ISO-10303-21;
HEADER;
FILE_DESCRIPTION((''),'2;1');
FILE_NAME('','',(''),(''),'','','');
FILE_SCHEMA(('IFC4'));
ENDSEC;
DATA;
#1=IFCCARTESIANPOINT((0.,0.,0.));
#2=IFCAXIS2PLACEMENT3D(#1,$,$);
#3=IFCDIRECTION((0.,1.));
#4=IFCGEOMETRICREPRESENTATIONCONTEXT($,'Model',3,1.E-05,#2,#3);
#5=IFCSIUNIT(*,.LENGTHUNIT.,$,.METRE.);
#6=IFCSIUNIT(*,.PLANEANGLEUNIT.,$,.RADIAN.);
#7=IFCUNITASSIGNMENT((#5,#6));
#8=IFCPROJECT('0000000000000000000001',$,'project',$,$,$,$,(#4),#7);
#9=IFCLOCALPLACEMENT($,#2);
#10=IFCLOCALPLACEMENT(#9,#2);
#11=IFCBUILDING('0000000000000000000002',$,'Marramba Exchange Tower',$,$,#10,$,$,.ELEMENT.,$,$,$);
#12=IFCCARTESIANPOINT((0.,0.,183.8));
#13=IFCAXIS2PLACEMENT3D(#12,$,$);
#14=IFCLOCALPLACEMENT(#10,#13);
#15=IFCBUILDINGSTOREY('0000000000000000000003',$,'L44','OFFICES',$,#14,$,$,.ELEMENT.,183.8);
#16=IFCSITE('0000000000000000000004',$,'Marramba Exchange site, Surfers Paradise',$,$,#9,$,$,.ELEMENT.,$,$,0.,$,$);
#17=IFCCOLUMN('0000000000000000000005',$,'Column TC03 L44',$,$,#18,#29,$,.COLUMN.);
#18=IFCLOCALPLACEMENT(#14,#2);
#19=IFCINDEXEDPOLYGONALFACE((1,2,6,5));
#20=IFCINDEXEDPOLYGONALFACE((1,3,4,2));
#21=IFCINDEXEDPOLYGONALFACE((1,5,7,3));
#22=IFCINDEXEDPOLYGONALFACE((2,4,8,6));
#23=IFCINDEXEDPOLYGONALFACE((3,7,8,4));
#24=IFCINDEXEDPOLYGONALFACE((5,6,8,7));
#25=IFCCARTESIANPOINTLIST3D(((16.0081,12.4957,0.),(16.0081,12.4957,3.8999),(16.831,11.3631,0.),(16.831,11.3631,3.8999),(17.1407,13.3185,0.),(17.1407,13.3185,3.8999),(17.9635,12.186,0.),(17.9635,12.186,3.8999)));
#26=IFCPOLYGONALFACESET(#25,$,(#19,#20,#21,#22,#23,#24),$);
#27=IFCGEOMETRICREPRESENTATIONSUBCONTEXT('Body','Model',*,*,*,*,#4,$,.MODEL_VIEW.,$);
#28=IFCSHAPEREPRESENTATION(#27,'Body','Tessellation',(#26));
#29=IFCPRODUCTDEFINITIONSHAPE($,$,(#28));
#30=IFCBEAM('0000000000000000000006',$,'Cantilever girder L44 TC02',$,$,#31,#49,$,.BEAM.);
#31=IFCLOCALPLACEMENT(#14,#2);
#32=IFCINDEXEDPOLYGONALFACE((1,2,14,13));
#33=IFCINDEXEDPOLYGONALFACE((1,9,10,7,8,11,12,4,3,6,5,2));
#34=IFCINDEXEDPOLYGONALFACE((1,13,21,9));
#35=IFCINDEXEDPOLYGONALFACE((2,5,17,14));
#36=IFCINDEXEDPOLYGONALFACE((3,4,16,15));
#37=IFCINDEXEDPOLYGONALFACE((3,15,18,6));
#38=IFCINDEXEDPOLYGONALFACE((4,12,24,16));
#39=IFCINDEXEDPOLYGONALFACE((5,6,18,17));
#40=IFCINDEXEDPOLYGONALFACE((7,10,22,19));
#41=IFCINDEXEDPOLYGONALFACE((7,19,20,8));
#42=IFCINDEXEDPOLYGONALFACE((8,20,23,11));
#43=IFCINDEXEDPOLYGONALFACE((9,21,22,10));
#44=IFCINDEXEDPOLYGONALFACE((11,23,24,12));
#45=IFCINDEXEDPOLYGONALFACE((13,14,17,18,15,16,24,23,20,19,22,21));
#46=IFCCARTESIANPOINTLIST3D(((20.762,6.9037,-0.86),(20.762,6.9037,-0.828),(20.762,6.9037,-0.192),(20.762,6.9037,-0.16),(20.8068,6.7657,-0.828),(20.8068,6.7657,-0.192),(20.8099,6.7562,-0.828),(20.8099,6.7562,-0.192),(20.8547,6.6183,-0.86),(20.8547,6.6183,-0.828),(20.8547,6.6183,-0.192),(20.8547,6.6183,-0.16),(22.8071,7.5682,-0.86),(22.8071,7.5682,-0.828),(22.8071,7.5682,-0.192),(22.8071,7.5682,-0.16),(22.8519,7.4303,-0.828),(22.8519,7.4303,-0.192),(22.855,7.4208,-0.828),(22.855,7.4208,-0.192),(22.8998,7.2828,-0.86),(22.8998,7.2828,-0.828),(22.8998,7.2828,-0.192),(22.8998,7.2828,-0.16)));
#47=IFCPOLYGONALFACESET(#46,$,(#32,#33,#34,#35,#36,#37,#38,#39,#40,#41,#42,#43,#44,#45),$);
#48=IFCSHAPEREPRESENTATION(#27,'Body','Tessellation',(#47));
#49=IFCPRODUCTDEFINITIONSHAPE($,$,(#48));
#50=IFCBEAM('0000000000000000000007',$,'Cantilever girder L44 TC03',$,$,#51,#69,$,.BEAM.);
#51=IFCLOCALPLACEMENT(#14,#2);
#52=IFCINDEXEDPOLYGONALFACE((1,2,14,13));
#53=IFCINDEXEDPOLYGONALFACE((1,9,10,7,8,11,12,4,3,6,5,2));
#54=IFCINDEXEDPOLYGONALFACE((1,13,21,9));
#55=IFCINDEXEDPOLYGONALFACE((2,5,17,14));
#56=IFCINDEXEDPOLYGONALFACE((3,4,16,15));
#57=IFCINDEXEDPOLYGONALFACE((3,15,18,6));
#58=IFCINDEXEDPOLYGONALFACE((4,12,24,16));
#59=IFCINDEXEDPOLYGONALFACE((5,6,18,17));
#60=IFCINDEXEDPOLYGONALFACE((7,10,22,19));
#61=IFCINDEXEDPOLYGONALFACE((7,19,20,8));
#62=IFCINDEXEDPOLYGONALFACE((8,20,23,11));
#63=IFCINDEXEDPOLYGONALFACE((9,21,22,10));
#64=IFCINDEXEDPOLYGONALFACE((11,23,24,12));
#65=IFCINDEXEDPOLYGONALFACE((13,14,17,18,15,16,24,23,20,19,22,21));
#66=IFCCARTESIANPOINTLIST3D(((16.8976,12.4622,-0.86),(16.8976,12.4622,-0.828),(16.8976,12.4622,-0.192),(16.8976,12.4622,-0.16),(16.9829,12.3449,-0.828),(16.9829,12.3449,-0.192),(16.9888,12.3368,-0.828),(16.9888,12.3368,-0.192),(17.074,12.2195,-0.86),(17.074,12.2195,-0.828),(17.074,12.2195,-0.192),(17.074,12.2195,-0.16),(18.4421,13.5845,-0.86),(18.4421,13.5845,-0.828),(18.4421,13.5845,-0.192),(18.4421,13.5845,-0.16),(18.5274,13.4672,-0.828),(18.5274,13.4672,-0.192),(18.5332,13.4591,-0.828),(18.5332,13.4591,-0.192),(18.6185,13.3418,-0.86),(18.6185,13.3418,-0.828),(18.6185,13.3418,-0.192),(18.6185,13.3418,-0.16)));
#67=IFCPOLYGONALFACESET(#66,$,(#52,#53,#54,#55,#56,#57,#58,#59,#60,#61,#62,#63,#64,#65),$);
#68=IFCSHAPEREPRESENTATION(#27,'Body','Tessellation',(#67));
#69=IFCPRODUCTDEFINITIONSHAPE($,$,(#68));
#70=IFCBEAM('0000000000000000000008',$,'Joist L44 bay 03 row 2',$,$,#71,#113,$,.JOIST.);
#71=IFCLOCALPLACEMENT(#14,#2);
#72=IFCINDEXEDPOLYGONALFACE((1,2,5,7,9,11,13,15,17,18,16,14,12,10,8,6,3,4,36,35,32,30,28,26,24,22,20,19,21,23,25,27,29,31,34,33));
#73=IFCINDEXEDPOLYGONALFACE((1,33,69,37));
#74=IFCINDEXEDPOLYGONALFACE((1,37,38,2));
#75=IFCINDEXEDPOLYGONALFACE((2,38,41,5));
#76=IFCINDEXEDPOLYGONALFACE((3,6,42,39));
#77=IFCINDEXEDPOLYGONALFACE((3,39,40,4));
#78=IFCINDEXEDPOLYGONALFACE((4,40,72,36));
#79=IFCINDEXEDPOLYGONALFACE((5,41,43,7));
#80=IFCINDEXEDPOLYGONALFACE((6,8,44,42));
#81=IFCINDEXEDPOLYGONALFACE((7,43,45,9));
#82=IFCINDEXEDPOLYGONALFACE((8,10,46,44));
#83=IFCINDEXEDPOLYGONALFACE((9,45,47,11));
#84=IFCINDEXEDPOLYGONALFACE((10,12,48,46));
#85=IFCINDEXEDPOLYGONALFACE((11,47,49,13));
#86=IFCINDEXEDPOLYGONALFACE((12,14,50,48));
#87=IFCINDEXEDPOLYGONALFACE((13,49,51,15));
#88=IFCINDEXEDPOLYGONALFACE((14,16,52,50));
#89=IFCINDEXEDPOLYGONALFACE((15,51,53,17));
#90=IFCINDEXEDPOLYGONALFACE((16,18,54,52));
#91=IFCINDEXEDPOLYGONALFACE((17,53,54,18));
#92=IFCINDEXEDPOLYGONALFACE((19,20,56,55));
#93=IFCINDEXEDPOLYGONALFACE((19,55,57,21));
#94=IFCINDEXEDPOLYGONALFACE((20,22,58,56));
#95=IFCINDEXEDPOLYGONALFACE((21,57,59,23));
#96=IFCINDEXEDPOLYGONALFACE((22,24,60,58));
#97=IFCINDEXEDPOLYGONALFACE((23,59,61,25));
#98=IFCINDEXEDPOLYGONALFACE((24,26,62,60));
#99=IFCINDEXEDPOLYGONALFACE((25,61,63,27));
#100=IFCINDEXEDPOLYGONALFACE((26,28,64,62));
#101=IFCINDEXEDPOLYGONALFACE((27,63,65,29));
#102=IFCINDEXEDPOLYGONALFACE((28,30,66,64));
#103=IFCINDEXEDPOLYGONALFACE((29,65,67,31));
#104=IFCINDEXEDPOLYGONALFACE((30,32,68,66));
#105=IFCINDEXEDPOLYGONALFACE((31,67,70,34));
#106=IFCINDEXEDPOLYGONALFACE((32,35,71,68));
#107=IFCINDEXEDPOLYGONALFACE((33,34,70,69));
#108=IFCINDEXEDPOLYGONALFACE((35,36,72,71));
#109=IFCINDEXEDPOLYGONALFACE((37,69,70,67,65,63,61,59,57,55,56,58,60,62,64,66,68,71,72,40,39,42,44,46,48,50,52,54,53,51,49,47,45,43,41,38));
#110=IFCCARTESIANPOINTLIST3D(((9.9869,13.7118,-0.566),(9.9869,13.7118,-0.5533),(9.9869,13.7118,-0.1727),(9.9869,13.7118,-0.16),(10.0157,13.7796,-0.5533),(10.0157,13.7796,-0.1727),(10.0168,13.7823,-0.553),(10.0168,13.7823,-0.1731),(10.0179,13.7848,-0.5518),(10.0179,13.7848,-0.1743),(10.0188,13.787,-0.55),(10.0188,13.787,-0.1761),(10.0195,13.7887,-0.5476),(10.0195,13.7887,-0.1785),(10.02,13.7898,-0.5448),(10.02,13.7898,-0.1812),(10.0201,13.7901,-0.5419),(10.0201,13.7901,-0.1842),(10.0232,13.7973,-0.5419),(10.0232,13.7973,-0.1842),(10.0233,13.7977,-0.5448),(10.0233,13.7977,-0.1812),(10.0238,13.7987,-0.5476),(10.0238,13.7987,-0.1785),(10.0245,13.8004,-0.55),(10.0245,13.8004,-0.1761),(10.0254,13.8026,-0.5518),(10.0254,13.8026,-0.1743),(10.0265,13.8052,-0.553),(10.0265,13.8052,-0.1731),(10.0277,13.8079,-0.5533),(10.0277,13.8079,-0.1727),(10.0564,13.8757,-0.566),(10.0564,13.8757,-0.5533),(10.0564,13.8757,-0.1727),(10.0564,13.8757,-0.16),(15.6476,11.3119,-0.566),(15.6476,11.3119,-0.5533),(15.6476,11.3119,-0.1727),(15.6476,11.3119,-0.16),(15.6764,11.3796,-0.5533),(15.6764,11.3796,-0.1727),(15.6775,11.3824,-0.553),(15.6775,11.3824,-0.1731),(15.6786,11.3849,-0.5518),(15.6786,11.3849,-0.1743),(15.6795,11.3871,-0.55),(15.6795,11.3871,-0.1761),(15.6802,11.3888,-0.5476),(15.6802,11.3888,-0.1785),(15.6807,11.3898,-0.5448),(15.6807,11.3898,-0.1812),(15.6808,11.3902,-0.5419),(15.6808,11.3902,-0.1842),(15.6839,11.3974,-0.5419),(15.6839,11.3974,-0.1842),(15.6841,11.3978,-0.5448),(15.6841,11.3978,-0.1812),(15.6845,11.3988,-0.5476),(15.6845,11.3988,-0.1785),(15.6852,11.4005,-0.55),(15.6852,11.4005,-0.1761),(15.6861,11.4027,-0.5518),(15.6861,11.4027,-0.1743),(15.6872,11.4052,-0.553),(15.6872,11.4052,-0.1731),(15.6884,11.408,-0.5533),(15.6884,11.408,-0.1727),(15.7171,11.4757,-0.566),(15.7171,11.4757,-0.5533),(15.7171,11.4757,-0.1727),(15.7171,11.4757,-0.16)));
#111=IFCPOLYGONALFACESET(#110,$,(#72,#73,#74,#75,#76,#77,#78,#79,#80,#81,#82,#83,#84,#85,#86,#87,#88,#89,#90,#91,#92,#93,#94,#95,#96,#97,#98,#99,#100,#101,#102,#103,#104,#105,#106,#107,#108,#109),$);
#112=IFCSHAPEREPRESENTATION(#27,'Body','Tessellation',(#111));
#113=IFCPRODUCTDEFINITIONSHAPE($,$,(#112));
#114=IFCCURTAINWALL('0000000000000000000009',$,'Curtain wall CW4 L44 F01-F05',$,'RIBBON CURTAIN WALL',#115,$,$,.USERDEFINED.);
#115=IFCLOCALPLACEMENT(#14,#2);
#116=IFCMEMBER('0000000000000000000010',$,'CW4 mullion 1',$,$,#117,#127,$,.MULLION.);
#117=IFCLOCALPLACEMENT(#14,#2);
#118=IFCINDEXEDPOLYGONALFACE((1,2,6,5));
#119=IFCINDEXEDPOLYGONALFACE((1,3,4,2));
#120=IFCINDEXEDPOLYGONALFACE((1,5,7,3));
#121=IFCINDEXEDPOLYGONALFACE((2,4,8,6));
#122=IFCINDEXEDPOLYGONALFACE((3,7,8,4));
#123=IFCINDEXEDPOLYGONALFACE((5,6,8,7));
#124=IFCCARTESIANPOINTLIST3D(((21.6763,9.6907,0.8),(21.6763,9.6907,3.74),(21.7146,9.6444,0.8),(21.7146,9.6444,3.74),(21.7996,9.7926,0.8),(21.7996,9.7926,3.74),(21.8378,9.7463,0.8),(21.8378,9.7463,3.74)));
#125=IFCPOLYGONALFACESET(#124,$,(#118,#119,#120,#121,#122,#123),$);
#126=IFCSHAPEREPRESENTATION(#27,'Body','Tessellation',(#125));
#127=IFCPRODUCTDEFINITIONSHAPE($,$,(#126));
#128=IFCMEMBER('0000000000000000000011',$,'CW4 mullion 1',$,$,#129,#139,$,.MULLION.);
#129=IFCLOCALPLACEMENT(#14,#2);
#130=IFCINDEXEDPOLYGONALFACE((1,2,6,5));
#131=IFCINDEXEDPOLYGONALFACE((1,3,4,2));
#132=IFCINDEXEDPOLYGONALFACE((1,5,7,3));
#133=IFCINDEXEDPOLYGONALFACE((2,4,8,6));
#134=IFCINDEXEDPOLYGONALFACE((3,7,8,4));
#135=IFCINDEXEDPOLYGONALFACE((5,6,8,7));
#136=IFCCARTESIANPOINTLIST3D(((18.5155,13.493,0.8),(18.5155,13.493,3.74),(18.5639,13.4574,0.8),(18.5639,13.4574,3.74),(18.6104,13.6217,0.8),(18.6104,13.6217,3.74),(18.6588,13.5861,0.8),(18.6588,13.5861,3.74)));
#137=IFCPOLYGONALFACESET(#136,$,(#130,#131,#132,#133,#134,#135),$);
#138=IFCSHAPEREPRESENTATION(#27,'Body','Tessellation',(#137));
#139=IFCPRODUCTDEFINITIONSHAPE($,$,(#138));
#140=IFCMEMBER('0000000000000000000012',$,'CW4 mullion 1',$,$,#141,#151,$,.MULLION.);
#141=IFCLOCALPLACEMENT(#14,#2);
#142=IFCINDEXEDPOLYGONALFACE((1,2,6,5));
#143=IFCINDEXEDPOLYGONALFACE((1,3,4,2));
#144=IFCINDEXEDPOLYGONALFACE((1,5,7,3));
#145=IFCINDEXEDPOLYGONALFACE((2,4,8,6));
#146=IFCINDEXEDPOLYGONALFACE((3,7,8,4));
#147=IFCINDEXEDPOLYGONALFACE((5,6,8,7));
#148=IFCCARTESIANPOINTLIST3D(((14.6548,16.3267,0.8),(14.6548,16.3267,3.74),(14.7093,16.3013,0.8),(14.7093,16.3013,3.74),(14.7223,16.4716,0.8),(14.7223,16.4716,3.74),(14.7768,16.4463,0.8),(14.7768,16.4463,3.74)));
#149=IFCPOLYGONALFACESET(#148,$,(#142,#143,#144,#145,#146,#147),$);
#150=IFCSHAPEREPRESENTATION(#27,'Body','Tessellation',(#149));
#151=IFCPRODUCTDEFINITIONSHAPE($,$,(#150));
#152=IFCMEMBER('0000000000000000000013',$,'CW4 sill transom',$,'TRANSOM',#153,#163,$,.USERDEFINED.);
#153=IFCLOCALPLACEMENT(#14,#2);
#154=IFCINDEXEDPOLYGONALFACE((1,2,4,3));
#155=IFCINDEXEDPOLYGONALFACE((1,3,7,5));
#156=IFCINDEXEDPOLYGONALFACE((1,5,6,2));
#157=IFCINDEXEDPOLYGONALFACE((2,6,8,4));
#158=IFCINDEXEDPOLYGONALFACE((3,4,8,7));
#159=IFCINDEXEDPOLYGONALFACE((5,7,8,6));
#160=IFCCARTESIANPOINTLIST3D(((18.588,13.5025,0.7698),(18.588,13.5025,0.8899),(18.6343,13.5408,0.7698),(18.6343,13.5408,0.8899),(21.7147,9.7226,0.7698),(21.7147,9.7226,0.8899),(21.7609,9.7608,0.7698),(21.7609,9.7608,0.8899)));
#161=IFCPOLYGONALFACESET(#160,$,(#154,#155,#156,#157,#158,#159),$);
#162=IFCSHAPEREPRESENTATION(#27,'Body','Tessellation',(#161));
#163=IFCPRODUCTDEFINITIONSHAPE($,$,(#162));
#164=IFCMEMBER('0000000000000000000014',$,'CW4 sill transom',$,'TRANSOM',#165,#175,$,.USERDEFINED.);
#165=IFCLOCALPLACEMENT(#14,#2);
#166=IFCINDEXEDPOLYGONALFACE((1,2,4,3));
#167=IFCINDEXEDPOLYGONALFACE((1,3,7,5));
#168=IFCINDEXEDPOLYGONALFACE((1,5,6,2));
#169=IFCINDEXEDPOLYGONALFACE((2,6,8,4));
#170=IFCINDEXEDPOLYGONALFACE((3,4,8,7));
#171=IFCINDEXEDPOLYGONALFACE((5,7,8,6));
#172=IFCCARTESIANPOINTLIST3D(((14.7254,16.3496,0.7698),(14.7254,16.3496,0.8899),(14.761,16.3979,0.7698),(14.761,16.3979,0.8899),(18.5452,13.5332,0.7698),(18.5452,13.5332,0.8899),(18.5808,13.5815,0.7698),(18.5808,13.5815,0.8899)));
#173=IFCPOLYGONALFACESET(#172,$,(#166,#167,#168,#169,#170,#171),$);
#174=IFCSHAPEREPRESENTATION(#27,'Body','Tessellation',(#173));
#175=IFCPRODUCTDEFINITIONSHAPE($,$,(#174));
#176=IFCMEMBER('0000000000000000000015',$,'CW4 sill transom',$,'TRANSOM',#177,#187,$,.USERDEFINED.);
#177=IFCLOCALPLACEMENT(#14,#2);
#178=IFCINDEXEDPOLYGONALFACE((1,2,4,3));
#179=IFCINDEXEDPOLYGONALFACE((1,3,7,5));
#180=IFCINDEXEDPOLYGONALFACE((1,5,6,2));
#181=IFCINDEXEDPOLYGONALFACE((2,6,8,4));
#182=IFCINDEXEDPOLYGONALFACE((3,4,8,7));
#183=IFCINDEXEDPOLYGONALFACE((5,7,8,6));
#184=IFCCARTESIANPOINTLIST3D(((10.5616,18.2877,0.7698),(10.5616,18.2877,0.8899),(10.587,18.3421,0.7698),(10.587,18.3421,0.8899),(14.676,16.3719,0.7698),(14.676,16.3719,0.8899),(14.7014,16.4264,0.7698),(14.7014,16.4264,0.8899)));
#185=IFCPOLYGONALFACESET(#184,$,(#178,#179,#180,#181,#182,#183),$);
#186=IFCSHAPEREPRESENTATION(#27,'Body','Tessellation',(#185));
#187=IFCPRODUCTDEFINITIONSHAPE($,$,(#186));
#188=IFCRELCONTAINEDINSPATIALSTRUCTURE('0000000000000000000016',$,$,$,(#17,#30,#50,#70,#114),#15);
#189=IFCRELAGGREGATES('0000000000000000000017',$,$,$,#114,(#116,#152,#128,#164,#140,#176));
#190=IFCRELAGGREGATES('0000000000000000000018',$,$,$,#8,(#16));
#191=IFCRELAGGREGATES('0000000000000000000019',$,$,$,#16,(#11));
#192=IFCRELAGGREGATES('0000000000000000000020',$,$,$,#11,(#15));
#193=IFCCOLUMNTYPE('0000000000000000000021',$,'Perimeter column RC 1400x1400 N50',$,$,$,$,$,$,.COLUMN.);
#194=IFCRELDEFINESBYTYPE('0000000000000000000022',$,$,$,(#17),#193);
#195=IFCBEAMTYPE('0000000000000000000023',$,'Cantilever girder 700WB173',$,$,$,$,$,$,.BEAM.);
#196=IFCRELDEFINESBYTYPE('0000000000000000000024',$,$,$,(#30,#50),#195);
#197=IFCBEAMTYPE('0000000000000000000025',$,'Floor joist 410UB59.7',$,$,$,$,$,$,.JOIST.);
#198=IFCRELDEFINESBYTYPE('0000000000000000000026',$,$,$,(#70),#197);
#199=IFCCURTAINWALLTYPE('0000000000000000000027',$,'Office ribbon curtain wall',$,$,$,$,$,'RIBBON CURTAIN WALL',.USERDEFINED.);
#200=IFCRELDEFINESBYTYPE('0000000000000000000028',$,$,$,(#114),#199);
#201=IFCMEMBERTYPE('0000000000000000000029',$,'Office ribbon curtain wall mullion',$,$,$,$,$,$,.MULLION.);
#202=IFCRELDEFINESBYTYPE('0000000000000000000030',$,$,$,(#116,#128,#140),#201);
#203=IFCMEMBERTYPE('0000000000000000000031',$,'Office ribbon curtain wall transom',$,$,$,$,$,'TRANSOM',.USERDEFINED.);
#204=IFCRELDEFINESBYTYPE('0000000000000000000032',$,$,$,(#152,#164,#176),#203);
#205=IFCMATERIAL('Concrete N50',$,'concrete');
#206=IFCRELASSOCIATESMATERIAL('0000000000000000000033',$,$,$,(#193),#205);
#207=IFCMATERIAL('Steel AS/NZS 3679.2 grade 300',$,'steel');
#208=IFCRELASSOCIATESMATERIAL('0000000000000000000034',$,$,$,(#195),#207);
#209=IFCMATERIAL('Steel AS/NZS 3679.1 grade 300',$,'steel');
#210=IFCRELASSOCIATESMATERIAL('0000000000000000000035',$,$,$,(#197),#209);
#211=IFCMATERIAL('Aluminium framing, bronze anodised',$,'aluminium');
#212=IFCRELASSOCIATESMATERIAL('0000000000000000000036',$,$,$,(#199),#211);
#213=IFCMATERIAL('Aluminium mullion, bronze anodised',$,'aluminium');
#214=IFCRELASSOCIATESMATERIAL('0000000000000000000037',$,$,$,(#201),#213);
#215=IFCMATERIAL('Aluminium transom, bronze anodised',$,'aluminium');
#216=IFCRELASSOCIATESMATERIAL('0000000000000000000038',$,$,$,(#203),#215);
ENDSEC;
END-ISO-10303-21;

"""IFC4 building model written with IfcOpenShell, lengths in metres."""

from ifc_helpers import new_model, si_unit, direction, frame, origin, origin_2d, place, context, subcontext, project, spatial, rectangle, i_section, extrude, material, material_profile, profile_set, type_object, element, aggregate, save


model = new_model("IFC4")

# Units and contexts
model_context = context("Model", 3, precision=1e-05, world=origin(), true_north=direction((0.0, 1.0)))
body_context = subcontext(model_context, "Body", "Model", "MODEL_VIEW")
ifc_project = project(units=[si_unit("LENGTHUNIT", "METRE"), si_unit("PLANEANGLEUNIT", "RADIAN")], contexts=[model_context])

# Site, building, storey
site_placement = place(None, origin())
site = spatial("IfcSite", under=ifc_project, at=site_placement, Name="Marramba Exchange site, Surfers Paradise", CompositionType="ELEMENT", RefElevation=0.0)
building_placement = place(site_placement, origin())
building = spatial("IfcBuilding", under=site, at=building_placement, Name="Marramba Exchange Tower", CompositionType="ELEMENT")
storey_placement = place(building_placement, frame((0.0, 0.0, 183.8)))
storey = spatial("IfcBuildingStorey", under=building, at=storey_placement, Name="L44", Description="OFFICES", CompositionType="ELEMENT", Elevation=183.8)

# Column
ifc_material_1 = material(Name="Concrete N50", Category="concrete")
ifc_material_profile_1 = material_profile(ifc_material_1, rectangle(XDim=1.3999, YDim=1.3999, at=origin_2d()), Name="RC 1400x1400")
ifc_profile_set_1 = profile_set([ifc_material_profile_1], Name="Concrete N50")
column_type = type_object("IfcColumnType", Name="Perimeter column RC 1400x1400 N50", PredefinedType="COLUMN", material=ifc_profile_set_1)
column_placement = place(storey_placement, frame((16.9858, 12.3408, 0.0), z_axis=(0.0, 0.0, 1.0), x_axis=(0.809017, 0.587785, 0.0)))
element("IfcColumn", 1, at=column_placement, inside=storey, type_object=column_type, Name="Column TC03 L44", PredefinedType="COLUMN", context=body_context, shape_type="SweptSolid", body=[
    extrude(rectangle(XDim=1.3999, YDim=1.3999, at=origin_2d()), origin(), (0.0, 0.0, 1.0), 3.8999),
])

# Beams
ifc_material_2 = material(Name="Steel AS/NZS 3679.2 grade 300", Category="steel")
ifc_material_profile_2 = material_profile(ifc_material_2, i_section(OverallWidth=0.3, OverallDepth=0.7, WebThickness=0.01, FlangeThickness=0.032, at=origin_2d()), Name="700WB173")
ifc_profile_set_2 = profile_set([ifc_material_profile_2], Name="Steel AS/NZS 3679.2 grade 300")
beam_type_1 = type_object("IfcBeamType", Name="Cantilever girder 700WB173", PredefinedType="BEAM", material=ifc_profile_set_2)
beam_1_placement = place(storey_placement, frame((20.8083, 6.761, -0.51), z_axis=(0.951052, 0.309032, 0.0), x_axis=(-0.309032, 0.951052, 0.0)))
element("IfcBeam", 2, at=beam_1_placement, inside=storey, type_object=beam_type_1, Name="Cantilever girder L44 TC02", PredefinedType="BEAM", context=body_context, shape_type="SweptSolid", body=[
    extrude(i_section(OverallWidth=0.3, OverallDepth=0.7, WebThickness=0.01, FlangeThickness=0.032, at=origin_2d()), origin(), (0.0, 0.0, 1.0), 2.1504),
])
beam_2_placement = place(storey_placement, frame((16.9858, 12.3408, -0.51), z_axis=(0.808963, 0.58786, 0.0), x_axis=(-0.58786, 0.808963, 0.0)))
element("IfcBeam", 3, at=beam_2_placement, inside=storey, type_object=beam_type_1, Name="Cantilever girder L44 TC03", PredefinedType="BEAM", context=body_context, shape_type="SweptSolid", body=[
    extrude(i_section(OverallWidth=0.3, OverallDepth=0.7, WebThickness=0.01, FlangeThickness=0.032, at=origin_2d()), origin(), (0.0, 0.0, 1.0), 1.9092),
])
ifc_material_3 = material(Name="Steel AS/NZS 3679.1 grade 300", Category="steel")
ifc_material_profile_3 = material_profile(ifc_material_3, i_section(OverallWidth=0.178, OverallDepth=0.406, WebThickness=0.0078, FlangeThickness=0.0127, FilletRadius=0.0115, at=origin_2d()), Name="410UB59.7")
ifc_profile_set_3 = profile_set([ifc_material_profile_3], Name="Steel AS/NZS 3679.1 grade 300")
beam_type_2 = type_object("IfcBeamType", Name="Floor joist 410UB59.7", PredefinedType="JOIST", material=ifc_profile_set_3)
beam_3_placement = place(storey_placement, frame((15.6824, 11.3938, -0.363), z_axis=(-0.920674, 0.390332, 0.0), x_axis=(-0.390332, -0.920674, 0.0)))
element("IfcBeam", 4, at=beam_3_placement, inside=storey, type_object=beam_type_2, Name="Joist L44 bay 03 row 2", PredefinedType="JOIST", context=body_context, shape_type="SweptSolid", body=[
    extrude(i_section(OverallWidth=0.178, OverallDepth=0.406, WebThickness=0.0078, FlangeThickness=0.0127, FilletRadius=0.0115, at=origin_2d()), origin(), (0.0, 0.0, 1.0), 6.1484),
])

# Curtain wall, members
ifc_material_4 = material(Name="Aluminium framing, bronze anodised", Category="aluminium")
curtain_wall_type = type_object("IfcCurtainWallType", Name="Office ribbon curtain wall", ElementType="RIBBON CURTAIN WALL", PredefinedType="USERDEFINED", material=ifc_material_4)
curtain_wall_placement = place(storey_placement, origin())
curtain_wall = element("IfcCurtainWall", 5, at=curtain_wall_placement, inside=storey, type_object=curtain_wall_type, Name="Curtain wall CW4 L44 F01-F05", ObjectType="RIBBON CURTAIN WALL", PredefinedType="USERDEFINED")
ifc_material_5 = material(Name="Aluminium mullion, bronze anodised", Category="aluminium")
ifc_material_profile_4 = material_profile(ifc_material_5, rectangle(XDim=0.1599, YDim=0.0601, at=origin_2d()), Name="CW4 mullion 60x160")
ifc_profile_set_4 = profile_set([ifc_material_profile_4], Name="Aluminium mullion, bronze anodised")
member_type_1 = type_object("IfcMemberType", Name="Office ribbon curtain wall mullion", PredefinedType="MULLION", material=ifc_profile_set_4)
member_1_placement = place(storey_placement, frame((21.7571, 9.7185, 0.8), z_axis=(0.0, 0.0, 1.0), x_axis=(-0.770574, -0.63735, 0.0)))
member_1 = element("IfcMember", 6, at=member_1_placement, type_object=member_type_1, Name="CW4 mullion 1", PredefinedType="MULLION", context=body_context, shape_type="SweptSolid", body=[
    extrude(rectangle(XDim=0.1599, YDim=0.0601, at=origin_2d()), origin(), (0.0, 0.0, 1.0), 2.9399),
])
member_2_placement = place(storey_placement, frame((18.5872, 13.5396, 0.8), z_axis=(0.0, 0.0, 1.0), x_axis=(-0.593441, -0.804877, 0.0)))
member_2 = element("IfcMember", 7, at=member_2_placement, type_object=member_type_1, Name="CW4 mullion 1", PredefinedType="MULLION", context=body_context, shape_type="SweptSolid", body=[
    extrude(rectangle(XDim=0.1599, YDim=0.0601, at=origin_2d()), origin(), (0.0, 0.0, 1.0), 2.9399),
])
member_3_placement = place(storey_placement, frame((14.7158, 16.3865, 0.8), z_axis=(0.0, 0.0, 1.0), x_axis=(-0.422133, -0.906534, 0.0)))
member_3 = element("IfcMember", 8, at=member_3_placement, type_object=member_type_1, Name="CW4 mullion 1", PredefinedType="MULLION", context=body_context, shape_type="SweptSolid", body=[
    extrude(rectangle(XDim=0.1599, YDim=0.0601, at=origin_2d()), origin(), (0.0, 0.0, 1.0), 2.9399),
])
ifc_material_6 = material(Name="Aluminium transom, bronze anodised", Category="aluminium")
ifc_material_profile_5 = material_profile(ifc_material_6, rectangle(XDim=0.0601, YDim=0.1201, at=origin_2d()), Name="CW4 transom 60x120")
ifc_profile_set_5 = profile_set([ifc_material_profile_5], Name="Aluminium transom, bronze anodised")
member_type_2 = type_object("IfcMemberType", Name="Office ribbon curtain wall transom", ElementType="TRANSOM", PredefinedType="USERDEFINED", material=ifc_profile_set_5)
member_4_placement = place(storey_placement, frame((21.7378, 9.7417, 0.8298), z_axis=(-0.637375, 0.770554, 0.0), x_axis=(-0.770554, -0.637375, 0.0)))
member_4 = element("IfcMember", 9, at=member_4_placement, type_object=member_type_2, Name="CW4 sill transom", ObjectType="TRANSOM", PredefinedType="USERDEFINED", context=body_context, shape_type="SweptSolid", body=[
    extrude(rectangle(XDim=0.0601, YDim=0.1201, at=origin_2d()), origin(), (0.0, 0.0, 1.0), 4.9055),
])
member_5_placement = place(storey_placement, frame((18.563, 13.5574, 0.8298), z_axis=(-0.804875, 0.593445, 0.0), x_axis=(-0.593445, -0.804875, 0.0)))
member_5 = element("IfcMember", 10, at=member_5_placement, type_object=member_type_2, Name="CW4 sill transom", ObjectType="TRANSOM", PredefinedType="USERDEFINED", context=body_context, shape_type="SweptSolid", body=[
    extrude(rectangle(XDim=0.0601, YDim=0.1201, at=origin_2d()), origin(), (0.0, 0.0, 1.0), 4.7458),
])
member_6_placement = place(storey_placement, frame((14.6887, 16.3992, 0.8298), z_axis=(-0.906548, 0.422102, 0.0), x_axis=(-0.422102, -0.906548, 0.0)))
member_6 = element("IfcMember", 11, at=member_6_placement, type_object=member_type_2, Name="CW4 sill transom", ObjectType="TRANSOM", PredefinedType="USERDEFINED", context=body_context, shape_type="SweptSolid", body=[
    extrude(rectangle(XDim=0.0601, YDim=0.1201, at=origin_2d()), origin(), (0.0, 0.0, 1.0), 4.5386),
])

aggregate(curtain_wall, [member_1, member_4, member_2, member_5, member_3, member_6])

save(model, "model.ifc")
